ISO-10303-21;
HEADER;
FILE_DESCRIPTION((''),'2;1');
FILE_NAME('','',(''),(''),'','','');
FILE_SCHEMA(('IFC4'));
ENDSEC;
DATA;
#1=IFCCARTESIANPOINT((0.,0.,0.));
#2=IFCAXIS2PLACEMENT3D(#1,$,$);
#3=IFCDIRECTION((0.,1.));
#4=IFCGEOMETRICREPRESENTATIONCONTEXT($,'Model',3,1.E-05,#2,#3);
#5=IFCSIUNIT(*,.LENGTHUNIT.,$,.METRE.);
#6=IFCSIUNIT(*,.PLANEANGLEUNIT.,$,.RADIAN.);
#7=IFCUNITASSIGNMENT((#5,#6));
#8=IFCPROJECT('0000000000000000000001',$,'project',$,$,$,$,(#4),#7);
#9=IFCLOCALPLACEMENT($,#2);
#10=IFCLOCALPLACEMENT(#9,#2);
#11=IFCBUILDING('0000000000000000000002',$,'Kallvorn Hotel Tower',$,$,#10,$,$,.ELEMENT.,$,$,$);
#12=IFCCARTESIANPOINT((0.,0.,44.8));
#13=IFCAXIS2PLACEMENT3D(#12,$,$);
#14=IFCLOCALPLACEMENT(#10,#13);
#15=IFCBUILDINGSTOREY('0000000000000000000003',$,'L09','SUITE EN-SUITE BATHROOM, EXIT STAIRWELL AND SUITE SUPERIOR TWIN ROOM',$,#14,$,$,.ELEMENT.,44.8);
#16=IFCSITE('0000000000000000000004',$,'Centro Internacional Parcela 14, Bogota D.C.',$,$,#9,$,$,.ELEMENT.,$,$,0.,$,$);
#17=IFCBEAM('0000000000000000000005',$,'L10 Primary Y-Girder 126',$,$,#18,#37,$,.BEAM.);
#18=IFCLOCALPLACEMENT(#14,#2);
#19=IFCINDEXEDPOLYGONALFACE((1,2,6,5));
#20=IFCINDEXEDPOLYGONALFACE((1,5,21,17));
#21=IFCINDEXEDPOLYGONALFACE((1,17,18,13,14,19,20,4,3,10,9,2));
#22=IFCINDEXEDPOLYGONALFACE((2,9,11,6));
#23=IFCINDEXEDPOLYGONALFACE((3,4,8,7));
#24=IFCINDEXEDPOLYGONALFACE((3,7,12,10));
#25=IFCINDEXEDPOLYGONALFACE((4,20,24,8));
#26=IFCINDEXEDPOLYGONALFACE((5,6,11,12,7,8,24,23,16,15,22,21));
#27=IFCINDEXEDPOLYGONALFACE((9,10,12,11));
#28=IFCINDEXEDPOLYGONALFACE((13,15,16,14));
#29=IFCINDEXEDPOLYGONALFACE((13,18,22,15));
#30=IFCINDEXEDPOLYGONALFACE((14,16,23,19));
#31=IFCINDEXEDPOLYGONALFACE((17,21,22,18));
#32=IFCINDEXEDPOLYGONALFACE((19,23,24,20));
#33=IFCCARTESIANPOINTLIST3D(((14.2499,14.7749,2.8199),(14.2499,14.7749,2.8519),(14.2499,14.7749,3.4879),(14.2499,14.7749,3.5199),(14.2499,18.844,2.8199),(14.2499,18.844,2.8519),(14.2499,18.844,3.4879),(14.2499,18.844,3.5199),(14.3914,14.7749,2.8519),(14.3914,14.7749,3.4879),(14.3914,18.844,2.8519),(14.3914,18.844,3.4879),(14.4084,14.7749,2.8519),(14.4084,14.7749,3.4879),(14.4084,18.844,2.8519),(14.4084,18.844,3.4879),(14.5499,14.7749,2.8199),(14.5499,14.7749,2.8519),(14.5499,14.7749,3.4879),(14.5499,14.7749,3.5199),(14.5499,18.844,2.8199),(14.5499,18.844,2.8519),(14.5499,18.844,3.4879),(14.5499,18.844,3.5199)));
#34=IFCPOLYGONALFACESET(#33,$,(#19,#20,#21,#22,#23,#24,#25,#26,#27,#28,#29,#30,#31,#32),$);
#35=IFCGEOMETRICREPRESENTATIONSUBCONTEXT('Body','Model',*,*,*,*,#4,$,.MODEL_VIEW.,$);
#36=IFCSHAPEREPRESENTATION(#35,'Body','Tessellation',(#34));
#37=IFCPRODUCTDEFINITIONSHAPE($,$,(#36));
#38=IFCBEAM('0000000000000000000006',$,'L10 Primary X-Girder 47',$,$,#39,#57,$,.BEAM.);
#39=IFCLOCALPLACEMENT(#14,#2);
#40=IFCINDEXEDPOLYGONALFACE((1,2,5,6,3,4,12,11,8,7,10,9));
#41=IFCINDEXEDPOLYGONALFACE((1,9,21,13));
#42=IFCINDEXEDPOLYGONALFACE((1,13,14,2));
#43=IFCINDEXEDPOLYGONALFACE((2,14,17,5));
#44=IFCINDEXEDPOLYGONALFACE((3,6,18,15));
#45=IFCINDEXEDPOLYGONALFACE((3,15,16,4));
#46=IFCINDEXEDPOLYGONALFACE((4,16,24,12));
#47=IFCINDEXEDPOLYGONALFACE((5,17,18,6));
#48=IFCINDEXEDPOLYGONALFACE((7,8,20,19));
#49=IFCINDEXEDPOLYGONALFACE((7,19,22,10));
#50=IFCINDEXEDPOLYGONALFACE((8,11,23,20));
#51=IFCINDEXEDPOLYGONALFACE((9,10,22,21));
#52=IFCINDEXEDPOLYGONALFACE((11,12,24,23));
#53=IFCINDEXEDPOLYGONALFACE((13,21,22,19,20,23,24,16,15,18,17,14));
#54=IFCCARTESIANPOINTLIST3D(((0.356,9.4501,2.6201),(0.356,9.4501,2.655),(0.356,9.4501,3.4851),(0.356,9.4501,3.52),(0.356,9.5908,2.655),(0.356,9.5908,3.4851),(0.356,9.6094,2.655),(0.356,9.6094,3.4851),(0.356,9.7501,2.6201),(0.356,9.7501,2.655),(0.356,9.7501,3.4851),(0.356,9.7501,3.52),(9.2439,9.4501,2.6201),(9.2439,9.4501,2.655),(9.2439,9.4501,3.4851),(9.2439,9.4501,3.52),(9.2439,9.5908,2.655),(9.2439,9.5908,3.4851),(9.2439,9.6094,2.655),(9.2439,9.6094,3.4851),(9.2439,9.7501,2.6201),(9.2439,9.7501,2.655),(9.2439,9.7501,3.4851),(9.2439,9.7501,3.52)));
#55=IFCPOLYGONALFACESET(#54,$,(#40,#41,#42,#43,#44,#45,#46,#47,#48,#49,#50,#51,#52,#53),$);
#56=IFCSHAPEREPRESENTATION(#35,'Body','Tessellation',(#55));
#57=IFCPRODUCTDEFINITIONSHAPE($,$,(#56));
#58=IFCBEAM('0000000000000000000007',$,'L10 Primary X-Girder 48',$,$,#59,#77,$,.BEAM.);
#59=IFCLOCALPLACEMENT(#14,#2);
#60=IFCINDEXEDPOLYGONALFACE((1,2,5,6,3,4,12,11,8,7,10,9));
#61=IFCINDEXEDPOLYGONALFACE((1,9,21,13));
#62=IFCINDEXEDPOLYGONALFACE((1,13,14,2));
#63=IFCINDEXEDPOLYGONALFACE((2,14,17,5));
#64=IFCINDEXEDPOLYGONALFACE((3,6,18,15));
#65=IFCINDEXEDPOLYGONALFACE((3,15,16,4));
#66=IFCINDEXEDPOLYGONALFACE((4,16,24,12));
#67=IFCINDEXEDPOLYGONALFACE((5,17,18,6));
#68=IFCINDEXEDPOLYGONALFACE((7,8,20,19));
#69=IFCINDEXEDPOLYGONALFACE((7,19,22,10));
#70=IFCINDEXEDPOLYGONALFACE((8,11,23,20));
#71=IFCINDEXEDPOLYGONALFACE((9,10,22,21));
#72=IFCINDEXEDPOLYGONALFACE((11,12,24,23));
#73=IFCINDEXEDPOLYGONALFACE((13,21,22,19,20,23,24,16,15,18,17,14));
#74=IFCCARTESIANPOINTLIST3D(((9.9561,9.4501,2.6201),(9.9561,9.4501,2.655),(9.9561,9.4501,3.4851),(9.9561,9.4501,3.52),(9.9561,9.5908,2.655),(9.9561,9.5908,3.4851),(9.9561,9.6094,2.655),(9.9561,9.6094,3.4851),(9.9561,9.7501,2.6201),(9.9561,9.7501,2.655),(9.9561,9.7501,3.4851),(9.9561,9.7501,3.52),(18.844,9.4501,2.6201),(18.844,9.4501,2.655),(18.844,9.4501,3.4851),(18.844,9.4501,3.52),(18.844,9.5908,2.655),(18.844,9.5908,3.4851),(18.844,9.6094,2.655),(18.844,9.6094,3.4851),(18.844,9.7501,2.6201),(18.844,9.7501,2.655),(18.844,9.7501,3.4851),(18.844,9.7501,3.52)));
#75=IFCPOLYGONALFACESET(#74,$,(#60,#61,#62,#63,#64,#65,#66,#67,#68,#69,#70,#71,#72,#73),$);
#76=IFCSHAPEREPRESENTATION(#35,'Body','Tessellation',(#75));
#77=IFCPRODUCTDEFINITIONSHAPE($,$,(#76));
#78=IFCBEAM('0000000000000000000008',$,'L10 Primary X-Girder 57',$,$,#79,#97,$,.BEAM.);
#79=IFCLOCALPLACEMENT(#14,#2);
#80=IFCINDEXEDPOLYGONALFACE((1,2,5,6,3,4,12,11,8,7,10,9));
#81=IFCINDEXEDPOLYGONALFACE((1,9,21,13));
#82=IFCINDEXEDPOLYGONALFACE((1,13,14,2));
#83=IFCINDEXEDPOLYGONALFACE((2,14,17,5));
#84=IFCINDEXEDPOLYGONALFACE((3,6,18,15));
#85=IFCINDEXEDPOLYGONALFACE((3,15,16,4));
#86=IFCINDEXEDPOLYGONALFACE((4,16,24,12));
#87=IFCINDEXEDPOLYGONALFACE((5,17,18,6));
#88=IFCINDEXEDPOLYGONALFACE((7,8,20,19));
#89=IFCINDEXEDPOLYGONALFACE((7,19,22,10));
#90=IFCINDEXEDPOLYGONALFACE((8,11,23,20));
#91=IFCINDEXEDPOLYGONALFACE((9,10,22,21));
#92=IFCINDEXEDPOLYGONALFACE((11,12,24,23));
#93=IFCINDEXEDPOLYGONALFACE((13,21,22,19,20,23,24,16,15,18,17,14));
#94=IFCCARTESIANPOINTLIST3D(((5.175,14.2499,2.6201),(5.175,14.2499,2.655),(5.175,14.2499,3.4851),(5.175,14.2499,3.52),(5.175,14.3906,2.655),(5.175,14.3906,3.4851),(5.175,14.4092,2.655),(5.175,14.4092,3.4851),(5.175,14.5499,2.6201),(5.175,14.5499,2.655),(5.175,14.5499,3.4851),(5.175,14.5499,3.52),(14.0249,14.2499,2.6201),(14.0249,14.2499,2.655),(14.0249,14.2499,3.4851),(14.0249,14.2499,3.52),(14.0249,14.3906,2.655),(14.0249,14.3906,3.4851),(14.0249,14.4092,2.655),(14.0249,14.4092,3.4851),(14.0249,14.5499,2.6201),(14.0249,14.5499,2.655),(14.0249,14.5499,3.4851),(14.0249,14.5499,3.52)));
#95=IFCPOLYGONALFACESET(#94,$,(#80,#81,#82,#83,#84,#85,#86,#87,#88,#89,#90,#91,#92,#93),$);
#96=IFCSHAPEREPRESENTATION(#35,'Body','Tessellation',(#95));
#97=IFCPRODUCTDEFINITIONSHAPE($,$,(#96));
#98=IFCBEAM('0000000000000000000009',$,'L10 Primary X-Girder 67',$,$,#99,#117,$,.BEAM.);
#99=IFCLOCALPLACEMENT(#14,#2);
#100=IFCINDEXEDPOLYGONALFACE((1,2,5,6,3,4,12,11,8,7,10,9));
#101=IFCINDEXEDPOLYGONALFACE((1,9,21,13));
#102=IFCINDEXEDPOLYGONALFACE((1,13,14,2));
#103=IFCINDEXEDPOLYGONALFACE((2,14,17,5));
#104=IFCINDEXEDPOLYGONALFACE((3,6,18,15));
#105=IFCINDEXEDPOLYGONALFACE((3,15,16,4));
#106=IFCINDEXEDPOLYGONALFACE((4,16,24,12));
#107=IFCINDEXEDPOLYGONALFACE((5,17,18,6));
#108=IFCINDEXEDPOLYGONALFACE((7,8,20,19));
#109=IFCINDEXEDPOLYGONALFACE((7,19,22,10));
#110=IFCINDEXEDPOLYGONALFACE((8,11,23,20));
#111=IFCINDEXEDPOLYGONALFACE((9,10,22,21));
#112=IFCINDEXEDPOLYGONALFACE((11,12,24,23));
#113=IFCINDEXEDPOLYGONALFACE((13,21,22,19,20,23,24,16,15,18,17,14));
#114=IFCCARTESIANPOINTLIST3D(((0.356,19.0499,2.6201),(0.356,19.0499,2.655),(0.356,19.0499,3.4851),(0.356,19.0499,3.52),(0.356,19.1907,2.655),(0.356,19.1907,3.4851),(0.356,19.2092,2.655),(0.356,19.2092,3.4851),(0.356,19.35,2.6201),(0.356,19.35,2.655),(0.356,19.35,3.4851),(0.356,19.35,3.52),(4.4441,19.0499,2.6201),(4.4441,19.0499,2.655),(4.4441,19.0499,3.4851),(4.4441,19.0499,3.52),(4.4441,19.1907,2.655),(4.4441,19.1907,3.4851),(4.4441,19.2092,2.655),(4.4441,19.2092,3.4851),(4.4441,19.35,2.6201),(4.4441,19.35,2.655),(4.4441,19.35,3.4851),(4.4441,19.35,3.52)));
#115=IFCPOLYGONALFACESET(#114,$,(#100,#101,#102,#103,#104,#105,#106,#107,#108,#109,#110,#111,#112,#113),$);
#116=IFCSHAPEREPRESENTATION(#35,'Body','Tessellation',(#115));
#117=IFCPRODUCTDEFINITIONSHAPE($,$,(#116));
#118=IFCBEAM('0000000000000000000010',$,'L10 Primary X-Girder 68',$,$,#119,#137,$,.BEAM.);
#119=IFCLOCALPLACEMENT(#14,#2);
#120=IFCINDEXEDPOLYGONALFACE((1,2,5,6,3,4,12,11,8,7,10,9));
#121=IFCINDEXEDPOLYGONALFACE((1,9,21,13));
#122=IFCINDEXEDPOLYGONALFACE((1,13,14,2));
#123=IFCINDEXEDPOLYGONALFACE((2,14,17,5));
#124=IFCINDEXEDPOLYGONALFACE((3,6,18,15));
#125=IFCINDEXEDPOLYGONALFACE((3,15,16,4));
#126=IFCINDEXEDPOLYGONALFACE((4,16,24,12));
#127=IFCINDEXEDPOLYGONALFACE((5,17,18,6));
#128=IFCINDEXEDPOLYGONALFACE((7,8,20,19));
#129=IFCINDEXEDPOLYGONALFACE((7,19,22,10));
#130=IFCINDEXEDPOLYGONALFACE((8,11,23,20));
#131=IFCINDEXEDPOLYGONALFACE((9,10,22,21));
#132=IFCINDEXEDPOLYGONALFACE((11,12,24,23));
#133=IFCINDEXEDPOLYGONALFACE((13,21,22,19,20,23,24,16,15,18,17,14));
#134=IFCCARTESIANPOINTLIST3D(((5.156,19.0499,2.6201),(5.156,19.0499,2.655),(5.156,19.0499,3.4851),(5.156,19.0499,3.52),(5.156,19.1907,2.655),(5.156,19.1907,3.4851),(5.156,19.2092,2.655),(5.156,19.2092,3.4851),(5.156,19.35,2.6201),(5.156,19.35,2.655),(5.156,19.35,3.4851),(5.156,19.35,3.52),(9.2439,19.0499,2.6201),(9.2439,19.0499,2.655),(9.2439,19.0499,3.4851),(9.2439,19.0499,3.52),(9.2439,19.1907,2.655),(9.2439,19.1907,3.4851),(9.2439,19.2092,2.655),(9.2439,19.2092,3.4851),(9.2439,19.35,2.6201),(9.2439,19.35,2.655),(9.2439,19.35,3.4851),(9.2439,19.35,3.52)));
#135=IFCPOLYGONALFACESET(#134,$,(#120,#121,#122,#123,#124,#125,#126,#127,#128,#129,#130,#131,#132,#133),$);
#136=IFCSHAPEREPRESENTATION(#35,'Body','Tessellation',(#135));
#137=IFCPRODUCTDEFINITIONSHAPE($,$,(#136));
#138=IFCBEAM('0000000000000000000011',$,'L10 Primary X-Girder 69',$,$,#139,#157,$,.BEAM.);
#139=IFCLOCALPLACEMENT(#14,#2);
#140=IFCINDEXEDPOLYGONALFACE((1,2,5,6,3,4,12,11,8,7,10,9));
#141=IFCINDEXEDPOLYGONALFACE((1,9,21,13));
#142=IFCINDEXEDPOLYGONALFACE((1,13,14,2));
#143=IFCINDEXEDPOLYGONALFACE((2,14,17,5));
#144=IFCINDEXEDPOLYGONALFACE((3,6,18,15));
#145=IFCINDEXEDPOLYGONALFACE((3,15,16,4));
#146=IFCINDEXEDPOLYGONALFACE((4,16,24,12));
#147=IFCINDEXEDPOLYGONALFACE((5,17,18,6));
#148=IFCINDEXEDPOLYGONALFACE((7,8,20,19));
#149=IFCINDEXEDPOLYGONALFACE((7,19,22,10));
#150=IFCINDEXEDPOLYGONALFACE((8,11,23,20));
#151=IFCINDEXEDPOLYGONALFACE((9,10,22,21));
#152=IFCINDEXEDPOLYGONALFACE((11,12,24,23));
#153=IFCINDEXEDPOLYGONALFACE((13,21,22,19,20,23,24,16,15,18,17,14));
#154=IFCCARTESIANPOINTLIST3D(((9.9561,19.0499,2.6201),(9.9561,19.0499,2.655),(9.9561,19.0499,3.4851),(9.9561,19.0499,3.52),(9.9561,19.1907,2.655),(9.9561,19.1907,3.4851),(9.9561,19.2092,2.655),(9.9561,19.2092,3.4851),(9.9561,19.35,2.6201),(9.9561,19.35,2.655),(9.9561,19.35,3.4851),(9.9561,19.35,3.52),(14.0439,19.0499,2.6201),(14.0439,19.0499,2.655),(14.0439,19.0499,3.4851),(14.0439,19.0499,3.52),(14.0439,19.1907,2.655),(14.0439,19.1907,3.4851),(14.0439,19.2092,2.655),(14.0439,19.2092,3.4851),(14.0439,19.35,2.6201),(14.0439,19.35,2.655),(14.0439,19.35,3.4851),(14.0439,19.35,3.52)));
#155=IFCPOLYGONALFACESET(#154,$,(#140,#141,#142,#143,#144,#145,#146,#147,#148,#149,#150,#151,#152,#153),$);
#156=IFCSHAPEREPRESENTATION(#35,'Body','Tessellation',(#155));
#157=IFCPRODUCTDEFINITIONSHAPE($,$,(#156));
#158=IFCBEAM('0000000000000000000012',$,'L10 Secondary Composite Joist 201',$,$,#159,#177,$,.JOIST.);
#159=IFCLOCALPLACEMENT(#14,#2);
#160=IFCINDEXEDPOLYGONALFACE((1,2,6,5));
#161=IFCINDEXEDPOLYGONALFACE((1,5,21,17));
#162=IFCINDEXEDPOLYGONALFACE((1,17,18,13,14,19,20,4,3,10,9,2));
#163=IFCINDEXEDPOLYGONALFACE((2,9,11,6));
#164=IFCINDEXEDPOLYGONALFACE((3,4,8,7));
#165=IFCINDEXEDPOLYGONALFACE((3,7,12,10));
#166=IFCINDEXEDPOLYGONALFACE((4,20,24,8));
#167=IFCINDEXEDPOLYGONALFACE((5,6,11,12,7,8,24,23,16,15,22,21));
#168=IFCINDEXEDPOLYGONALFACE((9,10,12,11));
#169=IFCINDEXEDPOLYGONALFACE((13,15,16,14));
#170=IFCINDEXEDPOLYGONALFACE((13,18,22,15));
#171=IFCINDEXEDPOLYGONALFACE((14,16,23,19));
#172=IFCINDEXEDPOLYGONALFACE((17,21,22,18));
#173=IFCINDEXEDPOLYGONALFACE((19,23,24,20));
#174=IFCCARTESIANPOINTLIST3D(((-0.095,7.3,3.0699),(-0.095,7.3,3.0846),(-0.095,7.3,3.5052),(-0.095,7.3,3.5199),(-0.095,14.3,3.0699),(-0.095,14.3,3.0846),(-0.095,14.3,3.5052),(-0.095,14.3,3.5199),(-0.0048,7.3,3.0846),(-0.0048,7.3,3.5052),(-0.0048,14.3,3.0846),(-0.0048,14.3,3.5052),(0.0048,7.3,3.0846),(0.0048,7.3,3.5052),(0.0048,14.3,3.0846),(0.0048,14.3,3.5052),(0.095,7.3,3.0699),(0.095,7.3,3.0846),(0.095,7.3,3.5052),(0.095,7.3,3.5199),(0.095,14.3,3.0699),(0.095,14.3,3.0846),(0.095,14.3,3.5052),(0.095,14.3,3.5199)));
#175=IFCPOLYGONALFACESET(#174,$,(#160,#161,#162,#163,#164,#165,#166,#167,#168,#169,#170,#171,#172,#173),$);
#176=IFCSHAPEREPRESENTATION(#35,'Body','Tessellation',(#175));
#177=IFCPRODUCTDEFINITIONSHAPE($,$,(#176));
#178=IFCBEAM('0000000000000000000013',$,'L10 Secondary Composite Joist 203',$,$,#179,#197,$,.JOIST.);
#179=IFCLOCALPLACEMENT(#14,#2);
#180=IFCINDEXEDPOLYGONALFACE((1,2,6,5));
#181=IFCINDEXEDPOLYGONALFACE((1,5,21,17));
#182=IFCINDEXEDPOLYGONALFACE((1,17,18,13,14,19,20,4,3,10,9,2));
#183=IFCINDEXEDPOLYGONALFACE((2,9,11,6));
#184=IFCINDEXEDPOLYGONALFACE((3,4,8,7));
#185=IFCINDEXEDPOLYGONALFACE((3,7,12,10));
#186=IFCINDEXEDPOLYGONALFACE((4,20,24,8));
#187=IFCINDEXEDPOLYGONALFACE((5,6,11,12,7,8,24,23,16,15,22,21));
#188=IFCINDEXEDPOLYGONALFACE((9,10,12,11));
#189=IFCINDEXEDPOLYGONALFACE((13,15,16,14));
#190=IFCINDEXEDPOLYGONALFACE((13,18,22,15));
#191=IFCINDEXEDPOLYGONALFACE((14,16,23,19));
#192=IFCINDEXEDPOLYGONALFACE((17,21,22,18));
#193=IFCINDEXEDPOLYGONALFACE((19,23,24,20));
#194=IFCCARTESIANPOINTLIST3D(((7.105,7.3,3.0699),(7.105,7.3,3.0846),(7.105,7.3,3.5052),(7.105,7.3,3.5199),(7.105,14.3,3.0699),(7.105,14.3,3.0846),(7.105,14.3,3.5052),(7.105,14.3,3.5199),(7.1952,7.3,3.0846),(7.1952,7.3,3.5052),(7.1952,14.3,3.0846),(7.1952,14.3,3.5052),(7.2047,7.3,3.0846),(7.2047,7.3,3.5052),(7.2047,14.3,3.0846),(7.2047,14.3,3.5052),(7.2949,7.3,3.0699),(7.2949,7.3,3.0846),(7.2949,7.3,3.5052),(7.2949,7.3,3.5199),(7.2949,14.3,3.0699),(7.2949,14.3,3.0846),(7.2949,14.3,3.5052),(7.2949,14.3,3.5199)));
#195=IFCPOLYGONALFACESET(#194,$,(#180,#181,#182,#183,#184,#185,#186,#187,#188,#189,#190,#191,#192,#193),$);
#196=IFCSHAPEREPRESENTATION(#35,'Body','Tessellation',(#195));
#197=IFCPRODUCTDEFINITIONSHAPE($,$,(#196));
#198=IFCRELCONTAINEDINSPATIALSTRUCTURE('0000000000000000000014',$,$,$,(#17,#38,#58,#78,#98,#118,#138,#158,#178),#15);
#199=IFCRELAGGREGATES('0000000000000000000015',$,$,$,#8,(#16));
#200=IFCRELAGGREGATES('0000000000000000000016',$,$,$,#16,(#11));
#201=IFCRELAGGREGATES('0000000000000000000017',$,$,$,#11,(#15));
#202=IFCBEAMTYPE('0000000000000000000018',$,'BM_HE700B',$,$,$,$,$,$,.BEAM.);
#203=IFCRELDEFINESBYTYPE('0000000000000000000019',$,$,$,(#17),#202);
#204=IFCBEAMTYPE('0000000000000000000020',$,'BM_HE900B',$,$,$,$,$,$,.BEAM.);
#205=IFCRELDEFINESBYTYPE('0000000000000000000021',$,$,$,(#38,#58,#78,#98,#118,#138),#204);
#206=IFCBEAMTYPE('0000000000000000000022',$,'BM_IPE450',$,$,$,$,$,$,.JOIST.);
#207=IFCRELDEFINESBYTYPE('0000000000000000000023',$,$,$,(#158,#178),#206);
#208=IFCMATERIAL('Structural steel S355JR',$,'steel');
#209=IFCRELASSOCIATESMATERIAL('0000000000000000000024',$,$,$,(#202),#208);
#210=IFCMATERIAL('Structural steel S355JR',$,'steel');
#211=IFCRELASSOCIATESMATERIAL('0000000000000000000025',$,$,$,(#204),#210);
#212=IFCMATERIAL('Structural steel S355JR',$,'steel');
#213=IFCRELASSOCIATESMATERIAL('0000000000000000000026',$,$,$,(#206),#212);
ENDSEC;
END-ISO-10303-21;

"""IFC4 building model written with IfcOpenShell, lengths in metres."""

from ifc_helpers import new_model, si_unit, direction, frame, origin, origin_2d, place, context, subcontext, project, spatial, i_section, extrude, material, material_profile, profile_set, type_object, element, save


model = new_model("IFC4")

# Units and contexts
model_context = context("Model", 3, precision=1e-05, world=origin(), true_north=direction((0.0, 1.0)))
body_context = subcontext(model_context, "Body", "Model", "MODEL_VIEW")
ifc_project = project(units=[si_unit("LENGTHUNIT", "METRE"), si_unit("PLANEANGLEUNIT", "RADIAN")], contexts=[model_context])

# Site, building, storey
site_placement = place(None, origin())
site = spatial("IfcSite", under=ifc_project, at=site_placement, Name="Centro Internacional Parcela 14, Bogota D.C.", CompositionType="ELEMENT", RefElevation=0.0)
building_placement = place(site_placement, origin())
building = spatial("IfcBuilding", under=site, at=building_placement, Name="Kallvorn Hotel Tower", CompositionType="ELEMENT")
storey_placement = place(building_placement, frame((0.0, 0.0, 44.8)))
storey = spatial("IfcBuildingStorey", under=building, at=storey_placement, Name="L09", Description="SUITE EN-SUITE BATHROOM, EXIT STAIRWELL AND SUITE SUPERIOR TWIN ROOM", CompositionType="ELEMENT", Elevation=44.8)

# Beams
ifc_material_1 = material(Name="Structural steel S355JR", Category="steel")
ifc_material_profile_1 = material_profile(ifc_material_1, i_section(OverallWidth=0.3, OverallDepth=0.7, WebThickness=0.0171, FlangeThickness=0.032, at=origin_2d()), Name="HE 700 B")
ifc_profile_set_1 = profile_set([ifc_material_profile_1], Name="Structural steel S355JR")
beam_type_1 = type_object("IfcBeamType", Name="BM_HE700B", PredefinedType="BEAM", material=ifc_profile_set_1)
beam_1_placement = place(storey_placement, frame((14.3999, 14.7749, 3.1699), z_axis=(0.0, 1.0, 0.0), x_axis=(-1.0, 0.0, 0.0)))
element("IfcBeam", 1, at=beam_1_placement, inside=storey, type_object=beam_type_1, Name="L10 Primary Y-Girder 126", PredefinedType="BEAM", context=body_context, shape_type="SweptSolid", body=[
    extrude(i_section(OverallWidth=0.3, OverallDepth=0.7, WebThickness=0.0171, FlangeThickness=0.032, at=origin_2d()), origin(), (0.0, 0.0, 1.0), 4.0691),
])
ifc_material_2 = material(Name="Structural steel S355JR", Category="steel")
ifc_material_profile_2 = material_profile(ifc_material_2, i_section(OverallWidth=0.3, OverallDepth=0.8999, WebThickness=0.0186, FlangeThickness=0.0349, at=origin_2d()), Name="HE 900 B")
ifc_profile_set_2 = profile_set([ifc_material_profile_2], Name="Structural steel S355JR")
beam_type_2 = type_object("IfcBeamType", Name="BM_HE900B", PredefinedType="BEAM", material=ifc_profile_set_2)
for number, where, z_axis, x_axis, name in (
    (2, (0.356, 9.6001, 3.0701), (1.0, 0.0, 0.0), (0.0, 1.0, 0.0), "L10 Primary X-Girder 47"),
    (3, (9.9561, 9.6001, 3.0701), (1.0, 0.0, 0.0), (0.0, 1.0, 0.0), "L10 Primary X-Girder 48"),
):
    element("IfcBeam", number, at=place(storey_placement, frame(where, z_axis=z_axis, x_axis=x_axis)), inside=storey, type_object=beam_type_2, Name=name, PredefinedType="BEAM", context=body_context, shape_type="SweptSolid", body=[
        extrude(i_section(OverallWidth=0.3, OverallDepth=0.8999, WebThickness=0.0186, FlangeThickness=0.0349, at=origin_2d()), origin(), (0.0, 0.0, 1.0), 8.8879),
    ])
beam_2_placement = place(storey_placement, frame((5.175, 14.3999, 3.0701), z_axis=(1.0, 0.0, 0.0), x_axis=(0.0, 1.0, 0.0)))
element("IfcBeam", 4, at=beam_2_placement, inside=storey, type_object=beam_type_2, Name="L10 Primary X-Girder 57", PredefinedType="BEAM", context=body_context, shape_type="SweptSolid", body=[
    extrude(i_section(OverallWidth=0.3, OverallDepth=0.8999, WebThickness=0.0186, FlangeThickness=0.0349, at=origin_2d()), origin(), (0.0, 0.0, 1.0), 8.8499),
])
beam_3_placement = place(storey_placement, frame((0.356, 19.2, 3.0701), z_axis=(1.0, 0.0, 0.0), x_axis=(0.0, 1.0, 0.0)))
element("IfcBeam", 5, at=beam_3_placement, inside=storey, type_object=beam_type_2, Name="L10 Primary X-Girder 67", PredefinedType="BEAM", context=body_context, shape_type="SweptSolid", body=[
    extrude(i_section(OverallWidth=0.3, OverallDepth=0.8999, WebThickness=0.0186, FlangeThickness=0.0349, at=origin_2d()), origin(), (0.0, 0.0, 1.0), 4.0881),
])
for number, where, z_axis, x_axis, name in (
    (6, (5.156, 19.2, 3.0701), (1.0, 0.0, 0.0), (0.0, 1.0, 0.0), "L10 Primary X-Girder 68"),
    (7, (9.9561, 19.2, 3.0701), (1.0, 0.0, 0.0), (0.0, 1.0, 0.0), "L10 Primary X-Girder 69"),
):
    element("IfcBeam", number, at=place(storey_placement, frame(where, z_axis=z_axis, x_axis=x_axis)), inside=storey, type_object=beam_type_2, Name=name, PredefinedType="BEAM", context=body_context, shape_type="SweptSolid", body=[
        extrude(i_section(OverallWidth=0.3, OverallDepth=0.8999, WebThickness=0.0186, FlangeThickness=0.0349, at=origin_2d()), origin(), (0.0, 0.0, 1.0), 4.0879),
    ])
ifc_material_3 = material(Name="Structural steel S355JR", Category="steel")
ifc_material_profile_3 = material_profile(ifc_material_3, i_section(OverallWidth=0.1899, OverallDepth=0.45, WebThickness=0.0095, FlangeThickness=0.0146, at=origin_2d()), Name="IPE 450")
ifc_profile_set_3 = profile_set([ifc_material_profile_3], Name="Structural steel S355JR")
beam_type_3 = type_object("IfcBeamType", Name="BM_IPE450", PredefinedType="JOIST", material=ifc_profile_set_3)
for number, where, z_axis, x_axis, name in (
    (8, (0.0, 7.3, 3.2949), (0.0, 1.0, 0.0), (-1.0, 0.0, 0.0), "L10 Secondary Composite Joist 201"),
    (9, (7.2, 7.3, 3.2949), (0.0, 1.0, 0.0), (-1.0, 0.0, 0.0), "L10 Secondary Composite Joist 203"),
):
    element("IfcBeam", number, at=place(storey_placement, frame(where, z_axis=z_axis, x_axis=x_axis)), inside=storey, type_object=beam_type_3, Name=name, PredefinedType="JOIST", context=body_context, shape_type="SweptSolid", body=[
        extrude(i_section(OverallWidth=0.1899, OverallDepth=0.45, WebThickness=0.0095, FlangeThickness=0.0146, at=origin_2d()), origin(), (0.0, 0.0, 1.0), 7.0),
    ])

save(model, "model.ifc")
